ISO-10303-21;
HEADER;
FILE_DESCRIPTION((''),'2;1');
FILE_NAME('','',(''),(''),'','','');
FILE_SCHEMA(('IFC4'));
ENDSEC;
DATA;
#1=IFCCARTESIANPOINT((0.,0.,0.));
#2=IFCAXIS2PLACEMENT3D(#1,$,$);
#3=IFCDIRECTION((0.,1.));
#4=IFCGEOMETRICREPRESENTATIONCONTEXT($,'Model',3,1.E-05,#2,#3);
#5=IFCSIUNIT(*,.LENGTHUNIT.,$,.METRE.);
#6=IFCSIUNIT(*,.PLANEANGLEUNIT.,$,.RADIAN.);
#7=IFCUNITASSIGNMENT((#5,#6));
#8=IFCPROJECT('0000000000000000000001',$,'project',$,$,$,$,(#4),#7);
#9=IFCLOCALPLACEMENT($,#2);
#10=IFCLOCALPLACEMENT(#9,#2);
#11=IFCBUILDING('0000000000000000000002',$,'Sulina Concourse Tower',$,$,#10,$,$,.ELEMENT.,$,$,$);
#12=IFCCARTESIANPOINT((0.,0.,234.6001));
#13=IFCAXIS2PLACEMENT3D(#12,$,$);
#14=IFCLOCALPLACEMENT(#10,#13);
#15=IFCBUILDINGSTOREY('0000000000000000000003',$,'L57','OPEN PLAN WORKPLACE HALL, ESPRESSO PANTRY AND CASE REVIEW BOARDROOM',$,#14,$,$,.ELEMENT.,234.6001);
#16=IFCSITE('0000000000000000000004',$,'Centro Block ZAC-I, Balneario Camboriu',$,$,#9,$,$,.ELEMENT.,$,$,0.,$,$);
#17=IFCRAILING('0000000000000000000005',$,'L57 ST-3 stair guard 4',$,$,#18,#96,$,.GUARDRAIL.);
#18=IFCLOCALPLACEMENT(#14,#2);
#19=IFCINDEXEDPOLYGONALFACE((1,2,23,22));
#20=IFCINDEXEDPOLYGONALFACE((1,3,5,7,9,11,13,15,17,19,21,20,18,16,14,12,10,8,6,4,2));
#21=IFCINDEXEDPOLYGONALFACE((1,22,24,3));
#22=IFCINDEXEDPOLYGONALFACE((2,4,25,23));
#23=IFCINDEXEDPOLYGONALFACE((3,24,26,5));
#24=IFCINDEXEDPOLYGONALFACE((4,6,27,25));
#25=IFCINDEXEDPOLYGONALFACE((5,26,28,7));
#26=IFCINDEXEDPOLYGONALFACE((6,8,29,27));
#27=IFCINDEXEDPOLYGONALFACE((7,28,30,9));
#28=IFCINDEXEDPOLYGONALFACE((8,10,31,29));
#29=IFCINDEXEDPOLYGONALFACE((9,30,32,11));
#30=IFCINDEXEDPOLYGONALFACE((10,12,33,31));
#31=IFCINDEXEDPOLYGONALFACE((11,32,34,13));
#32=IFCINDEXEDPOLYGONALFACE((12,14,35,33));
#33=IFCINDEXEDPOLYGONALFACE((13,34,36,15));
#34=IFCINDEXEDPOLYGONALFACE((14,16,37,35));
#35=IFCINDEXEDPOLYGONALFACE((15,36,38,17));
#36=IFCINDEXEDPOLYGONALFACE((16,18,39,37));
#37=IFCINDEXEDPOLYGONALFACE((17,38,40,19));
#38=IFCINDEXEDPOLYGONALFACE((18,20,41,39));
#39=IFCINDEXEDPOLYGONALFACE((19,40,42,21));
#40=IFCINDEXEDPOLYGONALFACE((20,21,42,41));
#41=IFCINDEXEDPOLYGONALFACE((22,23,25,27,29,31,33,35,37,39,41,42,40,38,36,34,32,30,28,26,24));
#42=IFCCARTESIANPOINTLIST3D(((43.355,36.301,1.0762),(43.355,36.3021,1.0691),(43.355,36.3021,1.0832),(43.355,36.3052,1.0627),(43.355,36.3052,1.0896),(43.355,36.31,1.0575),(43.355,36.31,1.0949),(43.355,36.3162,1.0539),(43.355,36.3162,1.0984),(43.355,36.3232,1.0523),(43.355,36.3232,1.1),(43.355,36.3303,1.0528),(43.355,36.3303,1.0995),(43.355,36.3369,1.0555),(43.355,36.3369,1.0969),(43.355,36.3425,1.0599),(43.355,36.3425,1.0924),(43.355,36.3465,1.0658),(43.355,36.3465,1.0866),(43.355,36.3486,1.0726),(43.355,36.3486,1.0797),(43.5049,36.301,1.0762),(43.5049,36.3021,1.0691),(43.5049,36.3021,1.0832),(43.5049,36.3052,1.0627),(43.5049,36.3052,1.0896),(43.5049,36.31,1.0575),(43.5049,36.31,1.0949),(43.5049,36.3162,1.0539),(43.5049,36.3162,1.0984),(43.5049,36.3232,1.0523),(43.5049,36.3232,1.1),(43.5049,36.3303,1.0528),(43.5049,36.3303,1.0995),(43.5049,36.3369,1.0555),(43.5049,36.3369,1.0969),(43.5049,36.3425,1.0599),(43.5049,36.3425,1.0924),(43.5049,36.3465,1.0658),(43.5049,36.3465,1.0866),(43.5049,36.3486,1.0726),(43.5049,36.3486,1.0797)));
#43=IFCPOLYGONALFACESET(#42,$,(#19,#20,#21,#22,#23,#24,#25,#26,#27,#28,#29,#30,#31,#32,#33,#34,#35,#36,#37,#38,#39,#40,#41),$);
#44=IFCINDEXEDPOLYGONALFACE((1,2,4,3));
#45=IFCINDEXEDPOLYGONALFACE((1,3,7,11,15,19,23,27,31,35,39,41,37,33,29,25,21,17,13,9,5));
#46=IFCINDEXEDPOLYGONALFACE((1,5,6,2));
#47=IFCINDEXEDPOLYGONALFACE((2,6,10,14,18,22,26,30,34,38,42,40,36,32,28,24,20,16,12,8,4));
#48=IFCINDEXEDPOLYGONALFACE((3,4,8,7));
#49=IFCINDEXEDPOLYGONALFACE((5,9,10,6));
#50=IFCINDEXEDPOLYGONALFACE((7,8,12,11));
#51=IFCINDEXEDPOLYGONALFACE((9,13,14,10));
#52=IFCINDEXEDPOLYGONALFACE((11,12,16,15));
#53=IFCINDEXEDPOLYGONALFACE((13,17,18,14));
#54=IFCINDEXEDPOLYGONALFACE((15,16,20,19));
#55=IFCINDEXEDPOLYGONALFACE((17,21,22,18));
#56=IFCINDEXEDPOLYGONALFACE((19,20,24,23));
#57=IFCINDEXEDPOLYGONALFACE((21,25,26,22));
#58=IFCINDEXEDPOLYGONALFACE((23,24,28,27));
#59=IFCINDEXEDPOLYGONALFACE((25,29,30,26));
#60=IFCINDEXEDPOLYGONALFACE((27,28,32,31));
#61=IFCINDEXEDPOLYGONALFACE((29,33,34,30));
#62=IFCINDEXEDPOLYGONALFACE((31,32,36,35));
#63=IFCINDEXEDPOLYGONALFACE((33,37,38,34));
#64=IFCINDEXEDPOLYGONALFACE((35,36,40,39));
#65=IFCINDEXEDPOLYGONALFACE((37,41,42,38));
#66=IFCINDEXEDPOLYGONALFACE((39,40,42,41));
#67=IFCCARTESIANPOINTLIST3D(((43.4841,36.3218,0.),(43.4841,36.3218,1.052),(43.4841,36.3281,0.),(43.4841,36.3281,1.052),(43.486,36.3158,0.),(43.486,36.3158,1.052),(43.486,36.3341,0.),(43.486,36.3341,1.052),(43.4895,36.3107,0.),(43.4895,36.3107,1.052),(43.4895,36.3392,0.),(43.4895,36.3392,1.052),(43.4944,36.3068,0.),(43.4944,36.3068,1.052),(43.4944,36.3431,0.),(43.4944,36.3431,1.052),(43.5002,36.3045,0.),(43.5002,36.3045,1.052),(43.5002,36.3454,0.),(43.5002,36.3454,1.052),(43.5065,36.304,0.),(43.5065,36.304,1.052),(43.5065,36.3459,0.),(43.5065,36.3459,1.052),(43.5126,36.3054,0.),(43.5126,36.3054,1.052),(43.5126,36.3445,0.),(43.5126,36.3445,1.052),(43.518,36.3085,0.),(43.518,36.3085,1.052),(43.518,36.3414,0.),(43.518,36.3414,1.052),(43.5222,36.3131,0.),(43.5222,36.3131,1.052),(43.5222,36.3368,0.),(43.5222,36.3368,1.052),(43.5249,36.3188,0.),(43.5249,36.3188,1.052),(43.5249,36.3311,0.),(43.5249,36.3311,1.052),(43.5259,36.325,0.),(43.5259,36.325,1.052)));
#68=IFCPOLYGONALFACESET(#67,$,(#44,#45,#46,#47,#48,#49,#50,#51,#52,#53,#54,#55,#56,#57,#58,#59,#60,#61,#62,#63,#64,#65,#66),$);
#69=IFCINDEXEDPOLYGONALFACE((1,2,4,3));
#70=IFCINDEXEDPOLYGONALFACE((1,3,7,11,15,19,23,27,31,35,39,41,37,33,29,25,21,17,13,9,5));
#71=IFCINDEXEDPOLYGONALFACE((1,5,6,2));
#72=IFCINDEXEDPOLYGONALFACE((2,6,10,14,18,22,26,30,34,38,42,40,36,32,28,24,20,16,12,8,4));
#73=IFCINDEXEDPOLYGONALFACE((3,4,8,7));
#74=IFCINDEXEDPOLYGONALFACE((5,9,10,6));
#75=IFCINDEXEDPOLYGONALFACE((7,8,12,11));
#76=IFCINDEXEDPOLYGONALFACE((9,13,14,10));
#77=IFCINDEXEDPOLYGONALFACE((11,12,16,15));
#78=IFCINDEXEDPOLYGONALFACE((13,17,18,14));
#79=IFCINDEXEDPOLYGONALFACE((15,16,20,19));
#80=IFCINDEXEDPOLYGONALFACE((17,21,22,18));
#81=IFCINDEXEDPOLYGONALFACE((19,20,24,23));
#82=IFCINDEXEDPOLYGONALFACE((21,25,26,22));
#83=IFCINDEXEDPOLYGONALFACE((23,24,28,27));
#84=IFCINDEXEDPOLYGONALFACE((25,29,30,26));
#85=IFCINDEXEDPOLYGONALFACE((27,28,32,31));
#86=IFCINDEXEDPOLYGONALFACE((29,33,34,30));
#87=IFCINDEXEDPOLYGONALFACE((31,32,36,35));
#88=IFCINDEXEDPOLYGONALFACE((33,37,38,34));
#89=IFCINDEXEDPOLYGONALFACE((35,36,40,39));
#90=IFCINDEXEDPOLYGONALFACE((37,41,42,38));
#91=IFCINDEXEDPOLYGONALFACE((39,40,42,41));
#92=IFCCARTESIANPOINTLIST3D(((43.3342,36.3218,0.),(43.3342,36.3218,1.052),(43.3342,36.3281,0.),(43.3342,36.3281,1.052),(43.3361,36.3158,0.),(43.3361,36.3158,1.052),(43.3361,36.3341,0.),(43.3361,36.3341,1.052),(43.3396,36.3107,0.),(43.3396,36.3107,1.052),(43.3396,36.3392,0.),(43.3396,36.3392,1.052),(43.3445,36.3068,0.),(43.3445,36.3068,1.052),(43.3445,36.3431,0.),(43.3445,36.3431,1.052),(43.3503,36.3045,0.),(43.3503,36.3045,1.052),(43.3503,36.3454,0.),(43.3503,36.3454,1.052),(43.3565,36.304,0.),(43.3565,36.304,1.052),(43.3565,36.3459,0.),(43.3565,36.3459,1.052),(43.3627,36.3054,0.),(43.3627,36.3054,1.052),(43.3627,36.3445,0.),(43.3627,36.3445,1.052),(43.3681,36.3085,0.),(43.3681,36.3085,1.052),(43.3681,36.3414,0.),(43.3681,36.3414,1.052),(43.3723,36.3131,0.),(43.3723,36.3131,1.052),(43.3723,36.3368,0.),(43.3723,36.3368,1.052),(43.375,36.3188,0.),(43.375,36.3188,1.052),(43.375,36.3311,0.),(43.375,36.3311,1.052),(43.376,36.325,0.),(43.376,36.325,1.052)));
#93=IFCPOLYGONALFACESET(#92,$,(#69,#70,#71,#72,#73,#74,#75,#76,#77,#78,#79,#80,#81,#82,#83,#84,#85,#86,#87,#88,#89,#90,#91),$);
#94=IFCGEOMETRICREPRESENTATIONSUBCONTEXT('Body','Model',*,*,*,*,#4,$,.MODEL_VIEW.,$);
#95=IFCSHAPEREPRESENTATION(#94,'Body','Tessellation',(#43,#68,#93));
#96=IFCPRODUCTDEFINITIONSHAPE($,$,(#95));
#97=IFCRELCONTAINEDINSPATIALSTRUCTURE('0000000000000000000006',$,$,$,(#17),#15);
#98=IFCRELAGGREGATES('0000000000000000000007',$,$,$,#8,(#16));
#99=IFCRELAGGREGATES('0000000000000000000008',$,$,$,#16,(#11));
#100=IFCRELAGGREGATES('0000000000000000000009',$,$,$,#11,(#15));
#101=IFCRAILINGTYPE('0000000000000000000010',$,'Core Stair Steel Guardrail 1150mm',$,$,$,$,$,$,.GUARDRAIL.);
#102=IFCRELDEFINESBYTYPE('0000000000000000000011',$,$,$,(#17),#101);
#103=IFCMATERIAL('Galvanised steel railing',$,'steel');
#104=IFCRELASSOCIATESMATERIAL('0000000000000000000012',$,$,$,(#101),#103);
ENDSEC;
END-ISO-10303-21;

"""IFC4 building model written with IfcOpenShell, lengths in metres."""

from ifc_helpers import new_model, si_unit, direction, frame, origin, origin_2d, place, context, subcontext, project, spatial, circle, extrude, material, type_object, element, save


model = new_model("IFC4")

# Units and contexts
model_context = context("Model", 3, precision=1e-05, world=origin(), true_north=direction((0.0, 1.0)))
body_context = subcontext(model_context, "Body", "Model", "MODEL_VIEW")
ifc_project = project(units=[si_unit("LENGTHUNIT", "METRE"), si_unit("PLANEANGLEUNIT", "RADIAN")], contexts=[model_context])

# Site, building, storey
site_placement = place(None, origin())
site = spatial("IfcSite", under=ifc_project, at=site_placement, Name="Centro Block ZAC-I, Balneario Camboriu", CompositionType="ELEMENT", RefElevation=0.0)
building_placement = place(site_placement, origin())
building = spatial("IfcBuilding", under=site, at=building_placement, Name="Sulina Concourse Tower", CompositionType="ELEMENT")
storey_placement = place(building_placement, frame((0.0, 0.0, 234.6001)))
storey = spatial("IfcBuildingStorey", under=building, at=storey_placement, Name="L57", Description="OPEN PLAN WORKPLACE HALL, ESPRESSO PANTRY AND CASE REVIEW BOARDROOM", CompositionType="ELEMENT", Elevation=234.6001)

# Railing
ifc_material_1 = material(Name="Galvanised steel railing", Category="steel")
railing_type_1 = type_object("IfcRailingType", Name="Core Stair Steel Guardrail 1150mm", PredefinedType="GUARDRAIL", material=ifc_material_1)
railing_1_placement = place(storey_placement, frame((43.5049, 36.325, 0.0)))
element("IfcRailing", 1, at=railing_1_placement, inside=storey, type_object=railing_type_1, Name="L57 ST-3 stair guard 4", PredefinedType="GUARDRAIL", context=body_context, shape_type="SweptSolid", body=[
    extrude(circle(Radius=0.0239, at=origin_2d()), frame((0.0, 0.0, 1.0762), z_axis=(-1.0, 0.0, 0.0), x_axis=(0.0, -1.0, 0.0)), (0.0, 0.0, 1.0), 0.1499),
    extrude(circle(Radius=0.021, at=origin_2d()), origin(), (0.0, 0.0, 1.0), 1.052),
    extrude(circle(Radius=0.021, at=origin_2d()), frame((-0.1499, 0.0, 0.0)), (0.0, 0.0, 1.0), 1.052),
])

save(model, "model.ifc")
